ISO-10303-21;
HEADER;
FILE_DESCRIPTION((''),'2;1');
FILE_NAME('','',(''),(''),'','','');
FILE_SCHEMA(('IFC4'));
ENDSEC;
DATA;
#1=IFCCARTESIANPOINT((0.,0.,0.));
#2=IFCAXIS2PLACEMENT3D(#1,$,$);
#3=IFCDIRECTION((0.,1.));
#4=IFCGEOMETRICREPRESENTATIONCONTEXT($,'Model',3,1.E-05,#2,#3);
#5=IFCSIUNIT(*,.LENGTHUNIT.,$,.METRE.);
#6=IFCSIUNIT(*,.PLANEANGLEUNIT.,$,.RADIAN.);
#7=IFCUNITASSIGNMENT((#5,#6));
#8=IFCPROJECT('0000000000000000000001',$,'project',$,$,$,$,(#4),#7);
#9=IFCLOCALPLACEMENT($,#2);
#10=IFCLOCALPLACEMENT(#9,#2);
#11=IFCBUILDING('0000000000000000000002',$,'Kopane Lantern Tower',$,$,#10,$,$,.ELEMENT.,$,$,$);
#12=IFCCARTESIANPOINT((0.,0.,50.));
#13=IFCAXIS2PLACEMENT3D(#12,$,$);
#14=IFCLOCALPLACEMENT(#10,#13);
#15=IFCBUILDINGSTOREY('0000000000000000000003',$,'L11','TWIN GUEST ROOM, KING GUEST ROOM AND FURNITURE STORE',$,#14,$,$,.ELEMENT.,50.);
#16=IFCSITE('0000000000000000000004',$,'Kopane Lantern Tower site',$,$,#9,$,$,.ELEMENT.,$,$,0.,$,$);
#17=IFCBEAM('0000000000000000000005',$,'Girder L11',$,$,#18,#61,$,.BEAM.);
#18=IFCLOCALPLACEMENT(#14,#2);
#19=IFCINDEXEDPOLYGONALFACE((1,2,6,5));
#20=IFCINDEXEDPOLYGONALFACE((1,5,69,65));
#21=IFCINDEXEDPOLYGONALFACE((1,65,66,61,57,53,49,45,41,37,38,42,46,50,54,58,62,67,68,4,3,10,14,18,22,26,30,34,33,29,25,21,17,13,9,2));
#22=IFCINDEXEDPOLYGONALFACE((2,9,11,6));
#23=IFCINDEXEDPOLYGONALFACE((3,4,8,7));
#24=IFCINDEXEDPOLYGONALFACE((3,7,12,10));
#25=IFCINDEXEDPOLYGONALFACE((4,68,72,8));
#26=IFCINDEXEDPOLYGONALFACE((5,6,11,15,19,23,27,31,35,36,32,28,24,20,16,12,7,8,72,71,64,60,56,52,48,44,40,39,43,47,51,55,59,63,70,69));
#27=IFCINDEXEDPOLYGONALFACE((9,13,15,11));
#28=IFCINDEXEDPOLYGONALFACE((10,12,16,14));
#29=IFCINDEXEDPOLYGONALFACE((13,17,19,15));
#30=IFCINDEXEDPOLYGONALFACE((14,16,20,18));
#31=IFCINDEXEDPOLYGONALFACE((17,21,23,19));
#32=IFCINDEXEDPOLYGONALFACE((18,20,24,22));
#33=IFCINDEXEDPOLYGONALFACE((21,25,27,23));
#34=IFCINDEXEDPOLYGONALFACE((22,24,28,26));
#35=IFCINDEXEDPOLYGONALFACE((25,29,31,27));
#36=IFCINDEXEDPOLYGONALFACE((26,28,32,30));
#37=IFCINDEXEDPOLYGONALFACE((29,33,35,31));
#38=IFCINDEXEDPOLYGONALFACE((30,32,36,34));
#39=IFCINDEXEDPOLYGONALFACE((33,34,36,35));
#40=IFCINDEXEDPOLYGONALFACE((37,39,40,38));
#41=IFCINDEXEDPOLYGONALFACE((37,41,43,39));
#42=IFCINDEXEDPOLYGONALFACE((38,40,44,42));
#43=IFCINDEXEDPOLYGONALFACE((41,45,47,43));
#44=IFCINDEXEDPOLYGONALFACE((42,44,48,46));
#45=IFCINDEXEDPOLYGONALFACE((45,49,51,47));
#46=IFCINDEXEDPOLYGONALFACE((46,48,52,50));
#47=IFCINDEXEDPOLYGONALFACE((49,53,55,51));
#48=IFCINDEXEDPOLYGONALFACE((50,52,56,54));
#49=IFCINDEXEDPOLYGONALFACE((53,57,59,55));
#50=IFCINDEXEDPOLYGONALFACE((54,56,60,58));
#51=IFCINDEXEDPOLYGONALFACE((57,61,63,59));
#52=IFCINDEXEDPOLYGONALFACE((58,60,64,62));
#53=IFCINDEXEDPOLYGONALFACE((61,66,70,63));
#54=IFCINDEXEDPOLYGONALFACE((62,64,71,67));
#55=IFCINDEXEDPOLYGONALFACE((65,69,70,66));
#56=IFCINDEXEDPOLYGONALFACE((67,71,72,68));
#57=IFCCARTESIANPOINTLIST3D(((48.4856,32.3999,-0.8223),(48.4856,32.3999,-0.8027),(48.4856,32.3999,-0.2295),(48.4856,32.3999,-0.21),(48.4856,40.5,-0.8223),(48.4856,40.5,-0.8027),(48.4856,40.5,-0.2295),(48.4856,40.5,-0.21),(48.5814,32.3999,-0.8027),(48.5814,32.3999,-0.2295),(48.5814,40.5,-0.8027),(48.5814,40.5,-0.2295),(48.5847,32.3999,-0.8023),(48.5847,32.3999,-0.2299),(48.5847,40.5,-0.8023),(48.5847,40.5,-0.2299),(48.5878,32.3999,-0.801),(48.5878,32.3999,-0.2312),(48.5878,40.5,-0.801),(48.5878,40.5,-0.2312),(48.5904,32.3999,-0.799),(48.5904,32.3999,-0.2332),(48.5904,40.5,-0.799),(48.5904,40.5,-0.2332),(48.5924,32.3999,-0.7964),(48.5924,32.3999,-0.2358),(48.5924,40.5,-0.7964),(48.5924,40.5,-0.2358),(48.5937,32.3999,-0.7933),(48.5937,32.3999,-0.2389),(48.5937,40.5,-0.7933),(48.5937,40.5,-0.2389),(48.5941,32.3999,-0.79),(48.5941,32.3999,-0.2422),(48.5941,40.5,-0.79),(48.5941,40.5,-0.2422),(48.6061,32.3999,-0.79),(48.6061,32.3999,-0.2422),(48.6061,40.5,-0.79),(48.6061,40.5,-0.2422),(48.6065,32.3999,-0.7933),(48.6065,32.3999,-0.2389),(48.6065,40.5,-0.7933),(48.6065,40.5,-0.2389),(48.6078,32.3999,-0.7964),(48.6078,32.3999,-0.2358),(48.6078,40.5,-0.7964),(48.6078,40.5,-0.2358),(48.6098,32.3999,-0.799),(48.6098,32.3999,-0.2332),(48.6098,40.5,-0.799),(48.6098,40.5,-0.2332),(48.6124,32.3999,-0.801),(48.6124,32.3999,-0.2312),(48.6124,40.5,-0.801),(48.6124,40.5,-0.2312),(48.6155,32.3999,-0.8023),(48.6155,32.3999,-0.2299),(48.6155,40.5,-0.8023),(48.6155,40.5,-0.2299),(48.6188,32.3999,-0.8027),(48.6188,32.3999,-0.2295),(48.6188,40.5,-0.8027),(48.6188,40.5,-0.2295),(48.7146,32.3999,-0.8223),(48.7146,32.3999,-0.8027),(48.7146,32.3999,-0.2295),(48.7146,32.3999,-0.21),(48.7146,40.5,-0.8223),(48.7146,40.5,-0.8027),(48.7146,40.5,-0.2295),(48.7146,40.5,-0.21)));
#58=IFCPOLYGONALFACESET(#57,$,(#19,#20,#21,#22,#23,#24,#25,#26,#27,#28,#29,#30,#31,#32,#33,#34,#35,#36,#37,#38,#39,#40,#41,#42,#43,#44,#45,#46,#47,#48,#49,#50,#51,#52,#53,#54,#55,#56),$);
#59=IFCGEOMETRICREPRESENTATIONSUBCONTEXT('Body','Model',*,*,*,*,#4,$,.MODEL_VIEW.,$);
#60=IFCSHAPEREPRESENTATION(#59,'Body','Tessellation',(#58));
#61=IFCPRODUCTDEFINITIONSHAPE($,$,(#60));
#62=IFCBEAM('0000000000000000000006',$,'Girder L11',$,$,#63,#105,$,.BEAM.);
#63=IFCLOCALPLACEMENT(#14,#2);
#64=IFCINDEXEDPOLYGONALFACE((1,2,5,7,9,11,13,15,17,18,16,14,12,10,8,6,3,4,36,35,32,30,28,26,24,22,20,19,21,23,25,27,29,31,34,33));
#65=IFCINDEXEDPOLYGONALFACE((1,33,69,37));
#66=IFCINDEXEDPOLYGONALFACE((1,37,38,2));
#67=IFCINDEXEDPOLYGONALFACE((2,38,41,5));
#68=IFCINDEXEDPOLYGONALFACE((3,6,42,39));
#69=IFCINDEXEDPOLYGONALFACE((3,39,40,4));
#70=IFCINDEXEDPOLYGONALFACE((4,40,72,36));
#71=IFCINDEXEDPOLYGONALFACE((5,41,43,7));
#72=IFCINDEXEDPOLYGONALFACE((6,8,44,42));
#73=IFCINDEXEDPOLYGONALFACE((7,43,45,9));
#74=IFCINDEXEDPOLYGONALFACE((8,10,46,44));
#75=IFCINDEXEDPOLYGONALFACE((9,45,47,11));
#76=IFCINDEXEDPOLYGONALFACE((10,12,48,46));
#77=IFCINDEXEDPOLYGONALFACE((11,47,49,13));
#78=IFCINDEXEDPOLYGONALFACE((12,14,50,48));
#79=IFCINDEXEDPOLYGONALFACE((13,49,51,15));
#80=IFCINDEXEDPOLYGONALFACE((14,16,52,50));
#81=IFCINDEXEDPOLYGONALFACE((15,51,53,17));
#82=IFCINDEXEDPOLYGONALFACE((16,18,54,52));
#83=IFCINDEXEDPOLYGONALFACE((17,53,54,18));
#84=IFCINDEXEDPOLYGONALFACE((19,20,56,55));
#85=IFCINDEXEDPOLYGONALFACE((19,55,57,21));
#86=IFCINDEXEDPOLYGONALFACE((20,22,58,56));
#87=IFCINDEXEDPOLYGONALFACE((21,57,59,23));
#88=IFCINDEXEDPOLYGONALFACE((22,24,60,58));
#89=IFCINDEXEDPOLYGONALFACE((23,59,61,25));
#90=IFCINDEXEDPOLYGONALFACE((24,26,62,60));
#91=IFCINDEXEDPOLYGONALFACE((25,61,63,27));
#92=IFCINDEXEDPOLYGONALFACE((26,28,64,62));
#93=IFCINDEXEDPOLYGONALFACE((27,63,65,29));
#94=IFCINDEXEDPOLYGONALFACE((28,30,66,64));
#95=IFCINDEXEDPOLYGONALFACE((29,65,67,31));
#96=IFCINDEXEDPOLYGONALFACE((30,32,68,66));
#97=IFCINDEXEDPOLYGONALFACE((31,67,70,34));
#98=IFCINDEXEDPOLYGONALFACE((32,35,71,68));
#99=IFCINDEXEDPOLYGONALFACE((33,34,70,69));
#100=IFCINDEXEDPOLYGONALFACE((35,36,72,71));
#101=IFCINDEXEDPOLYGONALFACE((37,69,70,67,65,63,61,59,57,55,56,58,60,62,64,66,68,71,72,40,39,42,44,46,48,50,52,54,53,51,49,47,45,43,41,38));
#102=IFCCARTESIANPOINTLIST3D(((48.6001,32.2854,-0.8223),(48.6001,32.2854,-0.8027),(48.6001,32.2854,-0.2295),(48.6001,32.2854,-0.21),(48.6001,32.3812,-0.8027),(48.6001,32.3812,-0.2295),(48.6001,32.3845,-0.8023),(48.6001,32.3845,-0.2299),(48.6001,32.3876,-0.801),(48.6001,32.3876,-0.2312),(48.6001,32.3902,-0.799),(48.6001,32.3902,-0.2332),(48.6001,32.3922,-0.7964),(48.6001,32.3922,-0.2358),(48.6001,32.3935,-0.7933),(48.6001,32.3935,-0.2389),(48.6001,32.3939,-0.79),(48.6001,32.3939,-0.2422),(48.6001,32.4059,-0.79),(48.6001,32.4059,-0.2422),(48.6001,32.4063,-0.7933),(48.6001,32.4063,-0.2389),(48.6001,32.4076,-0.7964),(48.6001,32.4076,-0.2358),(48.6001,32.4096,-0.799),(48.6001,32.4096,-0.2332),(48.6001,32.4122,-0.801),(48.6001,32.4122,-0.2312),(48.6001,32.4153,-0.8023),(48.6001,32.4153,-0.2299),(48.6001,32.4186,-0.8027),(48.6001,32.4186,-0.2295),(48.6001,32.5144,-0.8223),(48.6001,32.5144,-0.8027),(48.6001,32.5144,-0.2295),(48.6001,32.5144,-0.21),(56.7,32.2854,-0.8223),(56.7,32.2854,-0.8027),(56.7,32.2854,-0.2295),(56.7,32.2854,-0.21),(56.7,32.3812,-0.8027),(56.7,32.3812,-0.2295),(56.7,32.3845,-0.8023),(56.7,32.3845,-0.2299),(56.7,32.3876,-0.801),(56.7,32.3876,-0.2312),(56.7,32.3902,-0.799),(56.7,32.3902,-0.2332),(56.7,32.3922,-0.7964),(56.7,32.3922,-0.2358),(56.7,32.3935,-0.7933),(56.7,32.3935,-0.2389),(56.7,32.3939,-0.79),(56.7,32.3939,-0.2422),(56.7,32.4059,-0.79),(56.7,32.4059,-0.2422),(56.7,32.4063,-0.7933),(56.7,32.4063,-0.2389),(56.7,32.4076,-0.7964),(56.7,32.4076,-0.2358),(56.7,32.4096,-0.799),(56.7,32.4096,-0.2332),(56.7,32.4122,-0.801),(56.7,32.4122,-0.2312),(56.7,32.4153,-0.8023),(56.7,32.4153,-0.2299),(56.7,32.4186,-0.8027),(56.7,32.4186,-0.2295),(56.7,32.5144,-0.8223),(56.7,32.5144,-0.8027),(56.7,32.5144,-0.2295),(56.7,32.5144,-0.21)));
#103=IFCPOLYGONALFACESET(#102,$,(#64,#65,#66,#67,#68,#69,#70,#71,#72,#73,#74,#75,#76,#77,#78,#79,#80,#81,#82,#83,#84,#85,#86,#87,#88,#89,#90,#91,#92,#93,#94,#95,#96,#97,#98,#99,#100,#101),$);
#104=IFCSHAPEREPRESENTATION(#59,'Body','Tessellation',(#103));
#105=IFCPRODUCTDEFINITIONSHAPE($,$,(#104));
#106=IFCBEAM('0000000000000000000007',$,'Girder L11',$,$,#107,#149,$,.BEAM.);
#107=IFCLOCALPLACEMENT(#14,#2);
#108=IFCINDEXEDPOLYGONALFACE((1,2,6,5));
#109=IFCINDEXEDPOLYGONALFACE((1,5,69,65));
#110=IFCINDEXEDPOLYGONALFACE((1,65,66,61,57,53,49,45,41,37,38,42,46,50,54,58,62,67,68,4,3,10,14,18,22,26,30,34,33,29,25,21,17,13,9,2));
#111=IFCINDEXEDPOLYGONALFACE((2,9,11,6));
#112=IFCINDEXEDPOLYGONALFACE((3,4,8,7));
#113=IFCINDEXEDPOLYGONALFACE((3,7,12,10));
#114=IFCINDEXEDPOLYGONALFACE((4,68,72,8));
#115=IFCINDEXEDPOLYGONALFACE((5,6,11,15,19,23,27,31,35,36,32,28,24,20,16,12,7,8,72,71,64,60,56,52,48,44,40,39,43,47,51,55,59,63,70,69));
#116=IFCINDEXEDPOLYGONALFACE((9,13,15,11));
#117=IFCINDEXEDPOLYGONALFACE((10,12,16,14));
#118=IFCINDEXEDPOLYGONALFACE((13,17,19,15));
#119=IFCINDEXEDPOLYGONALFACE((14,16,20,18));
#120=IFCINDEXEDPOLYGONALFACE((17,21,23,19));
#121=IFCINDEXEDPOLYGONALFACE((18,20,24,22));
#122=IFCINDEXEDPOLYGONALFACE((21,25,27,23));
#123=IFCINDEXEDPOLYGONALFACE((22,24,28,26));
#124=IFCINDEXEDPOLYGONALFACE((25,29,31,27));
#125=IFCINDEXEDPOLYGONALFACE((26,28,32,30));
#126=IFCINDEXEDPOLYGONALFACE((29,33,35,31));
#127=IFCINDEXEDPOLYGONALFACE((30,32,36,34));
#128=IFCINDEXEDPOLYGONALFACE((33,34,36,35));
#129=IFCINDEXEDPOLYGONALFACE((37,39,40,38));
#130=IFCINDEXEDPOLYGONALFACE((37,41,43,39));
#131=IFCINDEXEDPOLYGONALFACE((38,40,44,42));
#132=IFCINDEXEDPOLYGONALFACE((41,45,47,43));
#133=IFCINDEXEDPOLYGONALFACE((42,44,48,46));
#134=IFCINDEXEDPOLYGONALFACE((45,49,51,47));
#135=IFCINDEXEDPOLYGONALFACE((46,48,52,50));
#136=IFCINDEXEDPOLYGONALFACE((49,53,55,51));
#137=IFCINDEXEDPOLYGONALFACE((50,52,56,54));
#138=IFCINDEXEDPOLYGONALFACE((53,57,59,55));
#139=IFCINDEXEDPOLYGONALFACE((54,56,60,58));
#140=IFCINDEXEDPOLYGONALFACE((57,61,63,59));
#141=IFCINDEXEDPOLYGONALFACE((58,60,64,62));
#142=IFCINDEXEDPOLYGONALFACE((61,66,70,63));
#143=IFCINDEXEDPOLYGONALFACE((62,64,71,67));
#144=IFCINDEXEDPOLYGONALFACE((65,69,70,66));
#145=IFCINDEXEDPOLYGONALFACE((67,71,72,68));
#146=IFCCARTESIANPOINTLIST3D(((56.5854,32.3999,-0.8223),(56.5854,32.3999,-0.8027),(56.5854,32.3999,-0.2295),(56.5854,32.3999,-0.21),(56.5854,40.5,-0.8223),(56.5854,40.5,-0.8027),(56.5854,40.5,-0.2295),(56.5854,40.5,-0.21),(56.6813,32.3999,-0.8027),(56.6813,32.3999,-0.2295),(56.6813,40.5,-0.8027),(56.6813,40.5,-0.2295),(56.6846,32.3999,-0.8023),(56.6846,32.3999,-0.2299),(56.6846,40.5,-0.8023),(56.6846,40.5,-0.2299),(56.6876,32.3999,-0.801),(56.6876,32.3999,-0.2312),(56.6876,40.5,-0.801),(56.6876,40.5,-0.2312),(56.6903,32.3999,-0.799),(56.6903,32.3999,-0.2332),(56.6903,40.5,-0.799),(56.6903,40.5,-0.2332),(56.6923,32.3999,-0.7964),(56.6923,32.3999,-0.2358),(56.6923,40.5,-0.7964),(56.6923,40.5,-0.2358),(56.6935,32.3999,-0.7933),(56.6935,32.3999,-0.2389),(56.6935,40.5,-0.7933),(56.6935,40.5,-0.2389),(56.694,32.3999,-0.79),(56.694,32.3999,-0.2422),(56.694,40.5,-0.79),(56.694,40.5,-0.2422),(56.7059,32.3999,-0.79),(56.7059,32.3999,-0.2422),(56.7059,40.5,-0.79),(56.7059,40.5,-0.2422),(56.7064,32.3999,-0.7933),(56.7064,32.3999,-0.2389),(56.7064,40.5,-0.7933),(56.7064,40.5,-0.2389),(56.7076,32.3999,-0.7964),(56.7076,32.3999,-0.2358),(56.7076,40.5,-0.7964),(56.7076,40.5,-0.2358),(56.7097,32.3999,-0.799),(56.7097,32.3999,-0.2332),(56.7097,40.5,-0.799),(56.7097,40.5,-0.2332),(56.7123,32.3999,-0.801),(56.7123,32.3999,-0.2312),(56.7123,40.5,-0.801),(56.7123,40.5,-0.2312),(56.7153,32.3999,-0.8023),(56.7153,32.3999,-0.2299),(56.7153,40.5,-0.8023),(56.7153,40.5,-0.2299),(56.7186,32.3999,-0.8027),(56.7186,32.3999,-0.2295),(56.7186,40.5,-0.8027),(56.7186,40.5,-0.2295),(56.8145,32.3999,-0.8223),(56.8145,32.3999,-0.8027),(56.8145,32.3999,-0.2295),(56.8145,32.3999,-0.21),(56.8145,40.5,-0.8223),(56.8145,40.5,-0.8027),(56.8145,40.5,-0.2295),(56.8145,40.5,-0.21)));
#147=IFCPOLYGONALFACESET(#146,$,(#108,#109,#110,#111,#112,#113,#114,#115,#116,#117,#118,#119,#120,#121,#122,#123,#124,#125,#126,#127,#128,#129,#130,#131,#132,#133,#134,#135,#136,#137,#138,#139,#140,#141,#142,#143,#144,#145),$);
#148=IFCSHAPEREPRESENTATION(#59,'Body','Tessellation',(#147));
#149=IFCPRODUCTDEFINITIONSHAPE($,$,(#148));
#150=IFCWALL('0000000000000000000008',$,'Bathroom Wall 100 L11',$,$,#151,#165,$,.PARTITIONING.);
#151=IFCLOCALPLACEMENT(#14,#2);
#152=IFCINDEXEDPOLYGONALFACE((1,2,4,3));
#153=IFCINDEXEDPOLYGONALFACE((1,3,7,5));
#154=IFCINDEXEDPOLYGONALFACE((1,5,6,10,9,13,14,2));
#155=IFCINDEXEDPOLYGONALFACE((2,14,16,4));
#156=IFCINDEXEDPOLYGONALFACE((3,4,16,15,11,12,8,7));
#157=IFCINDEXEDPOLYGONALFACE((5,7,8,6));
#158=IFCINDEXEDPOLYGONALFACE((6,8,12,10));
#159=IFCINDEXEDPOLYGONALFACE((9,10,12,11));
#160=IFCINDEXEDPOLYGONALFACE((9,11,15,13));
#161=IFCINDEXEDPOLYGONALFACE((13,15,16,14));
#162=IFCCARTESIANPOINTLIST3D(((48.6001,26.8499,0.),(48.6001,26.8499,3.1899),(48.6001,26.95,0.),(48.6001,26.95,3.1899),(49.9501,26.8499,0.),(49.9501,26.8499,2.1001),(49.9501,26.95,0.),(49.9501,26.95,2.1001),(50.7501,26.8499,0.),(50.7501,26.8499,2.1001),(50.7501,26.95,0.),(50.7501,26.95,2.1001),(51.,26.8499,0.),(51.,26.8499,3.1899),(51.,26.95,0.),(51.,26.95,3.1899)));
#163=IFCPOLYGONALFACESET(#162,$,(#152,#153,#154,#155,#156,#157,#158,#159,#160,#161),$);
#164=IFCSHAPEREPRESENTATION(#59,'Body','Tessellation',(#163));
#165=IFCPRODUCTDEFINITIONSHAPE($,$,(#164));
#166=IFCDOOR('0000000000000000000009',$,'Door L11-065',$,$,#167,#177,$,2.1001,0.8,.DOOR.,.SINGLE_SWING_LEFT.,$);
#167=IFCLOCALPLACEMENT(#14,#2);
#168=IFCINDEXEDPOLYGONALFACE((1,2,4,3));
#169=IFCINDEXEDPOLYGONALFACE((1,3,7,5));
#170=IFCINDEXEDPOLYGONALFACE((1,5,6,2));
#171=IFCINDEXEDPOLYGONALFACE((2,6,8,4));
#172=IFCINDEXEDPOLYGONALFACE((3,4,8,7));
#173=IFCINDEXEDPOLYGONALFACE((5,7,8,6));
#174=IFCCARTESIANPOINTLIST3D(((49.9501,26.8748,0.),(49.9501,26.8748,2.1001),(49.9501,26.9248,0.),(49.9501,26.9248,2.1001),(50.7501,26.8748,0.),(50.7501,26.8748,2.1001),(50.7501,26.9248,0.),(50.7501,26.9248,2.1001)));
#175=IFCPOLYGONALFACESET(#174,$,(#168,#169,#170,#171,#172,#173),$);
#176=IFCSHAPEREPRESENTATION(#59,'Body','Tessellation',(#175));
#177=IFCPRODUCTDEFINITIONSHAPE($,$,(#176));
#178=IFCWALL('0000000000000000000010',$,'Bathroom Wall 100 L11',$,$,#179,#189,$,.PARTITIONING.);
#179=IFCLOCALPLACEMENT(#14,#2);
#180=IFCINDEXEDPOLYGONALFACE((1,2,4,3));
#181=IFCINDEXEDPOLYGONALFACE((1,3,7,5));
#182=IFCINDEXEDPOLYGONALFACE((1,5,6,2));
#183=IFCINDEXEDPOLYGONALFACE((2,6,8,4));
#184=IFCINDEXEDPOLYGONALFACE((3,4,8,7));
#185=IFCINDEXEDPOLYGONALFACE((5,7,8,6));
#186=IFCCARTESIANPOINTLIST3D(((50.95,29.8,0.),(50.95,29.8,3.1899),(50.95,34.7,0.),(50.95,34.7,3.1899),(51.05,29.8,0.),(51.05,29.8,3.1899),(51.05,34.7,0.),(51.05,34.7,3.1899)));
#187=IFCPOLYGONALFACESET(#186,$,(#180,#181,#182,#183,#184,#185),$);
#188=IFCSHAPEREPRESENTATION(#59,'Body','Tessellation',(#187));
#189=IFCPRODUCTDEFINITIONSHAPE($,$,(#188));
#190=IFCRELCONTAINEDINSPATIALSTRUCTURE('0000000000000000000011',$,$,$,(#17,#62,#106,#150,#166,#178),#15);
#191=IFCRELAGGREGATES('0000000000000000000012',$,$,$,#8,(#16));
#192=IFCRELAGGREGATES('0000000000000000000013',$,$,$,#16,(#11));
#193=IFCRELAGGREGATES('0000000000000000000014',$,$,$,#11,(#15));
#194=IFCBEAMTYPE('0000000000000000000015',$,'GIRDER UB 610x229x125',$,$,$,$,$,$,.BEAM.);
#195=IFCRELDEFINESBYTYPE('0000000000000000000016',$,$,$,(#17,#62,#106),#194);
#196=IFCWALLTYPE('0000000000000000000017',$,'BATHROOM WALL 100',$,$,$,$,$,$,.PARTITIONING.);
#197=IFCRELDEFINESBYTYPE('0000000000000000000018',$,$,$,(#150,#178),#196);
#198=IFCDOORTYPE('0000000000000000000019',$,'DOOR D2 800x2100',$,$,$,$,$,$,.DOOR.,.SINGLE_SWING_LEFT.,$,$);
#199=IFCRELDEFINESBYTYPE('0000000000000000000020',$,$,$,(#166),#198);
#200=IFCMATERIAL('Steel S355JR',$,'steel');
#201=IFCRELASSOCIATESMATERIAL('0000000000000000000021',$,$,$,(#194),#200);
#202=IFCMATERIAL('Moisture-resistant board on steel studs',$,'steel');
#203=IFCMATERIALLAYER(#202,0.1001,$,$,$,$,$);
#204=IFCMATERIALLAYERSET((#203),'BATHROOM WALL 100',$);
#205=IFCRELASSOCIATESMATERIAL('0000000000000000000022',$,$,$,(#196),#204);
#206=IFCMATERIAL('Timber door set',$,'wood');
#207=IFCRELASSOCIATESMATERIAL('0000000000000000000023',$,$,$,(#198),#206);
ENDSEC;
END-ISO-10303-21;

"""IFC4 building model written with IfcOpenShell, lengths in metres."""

from ifc_helpers import new_model, si_unit, direction, frame, frame_2d, origin, origin_2d, place, context, subcontext, project, spatial, rectangle, i_section, extrude, material, layer, layer_set, material_profile, profile_set, type_object, element, fill, save


model = new_model("IFC4")

# Units and contexts
model_context = context("Model", 3, precision=1e-05, world=origin(), true_north=direction((0.0, 1.0)))
body_context = subcontext(model_context, "Body", "Model", "MODEL_VIEW")
ifc_project = project(units=[si_unit("LENGTHUNIT", "METRE"), si_unit("PLANEANGLEUNIT", "RADIAN")], contexts=[model_context])

# Site, building, storey
site_placement = place(None, origin())
site = spatial("IfcSite", under=ifc_project, at=site_placement, Name="Kopane Lantern Tower site", CompositionType="ELEMENT", RefElevation=0.0)
building_placement = place(site_placement, origin())
building = spatial("IfcBuilding", under=site, at=building_placement, Name="Kopane Lantern Tower", CompositionType="ELEMENT")
storey_placement = place(building_placement, frame((0.0, 0.0, 50.0)))
storey = spatial("IfcBuildingStorey", under=building, at=storey_placement, Name="L11", Description="TWIN GUEST ROOM, KING GUEST ROOM AND FURNITURE STORE", CompositionType="ELEMENT", Elevation=50.0)

# Beams
ifc_material_1 = material(Name="Steel S355JR", Category="steel")
ifc_material_profile_1 = material_profile(ifc_material_1, i_section(OverallWidth=0.229, OverallDepth=0.6123, WebThickness=0.012, FlangeThickness=0.0195, FilletRadius=0.0127, at=origin_2d()), Name="UB 610x229x125")
ifc_profile_set_1 = profile_set([ifc_material_profile_1], Name="Steel S355JR")
beam_type = type_object("IfcBeamType", Name="GIRDER UB 610x229x125", PredefinedType="BEAM", material=ifc_profile_set_1)
for number, where, z_axis, x_axis, name in (
    (1, (48.6001, 32.3999, -0.5161), (0.0, 1.0, 0.0), (-1.0, 0.0, 0.0), "Girder L11"),
):
    element("IfcBeam", number, at=place(storey_placement, frame(where, z_axis=z_axis, x_axis=x_axis)), inside=storey, type_object=beam_type, Name=name, PredefinedType="BEAM", context=body_context, shape_type="SweptSolid", body=[
        extrude(i_section(OverallWidth=0.229, OverallDepth=0.6123, WebThickness=0.012, FlangeThickness=0.0195, FilletRadius=0.0127, at=origin_2d()), origin(), (0.0, 0.0, 1.0), 8.1001),
    ])
beam_1_placement = place(storey_placement, frame((48.6001, 32.3999, -0.5161), z_axis=(1.0, 0.0, 0.0), x_axis=(0.0, 1.0, 0.0)))
element("IfcBeam", 2, at=beam_1_placement, inside=storey, type_object=beam_type, Name="Girder L11", PredefinedType="BEAM", context=body_context, shape_type="SweptSolid", body=[
    extrude(i_section(OverallWidth=0.229, OverallDepth=0.6123, WebThickness=0.012, FlangeThickness=0.0195, FilletRadius=0.0127, at=origin_2d()), origin(), (0.0, 0.0, 1.0), 8.0999),
])
beam_2_placement = place(storey_placement, frame((56.7, 32.3999, -0.5161), z_axis=(0.0, 1.0, 0.0), x_axis=(-1.0, 0.0, 0.0)))
element("IfcBeam", 3, at=beam_2_placement, inside=storey, type_object=beam_type, Name="Girder L11", PredefinedType="BEAM", context=body_context, shape_type="SweptSolid", body=[
    extrude(i_section(OverallWidth=0.229, OverallDepth=0.6123, WebThickness=0.012, FlangeThickness=0.0195, FilletRadius=0.0127, at=origin_2d()), origin(), (0.0, 0.0, 1.0), 8.1001),
])

# Wall, opening, door
ifc_material_2 = material(Name="Moisture-resistant board on steel studs", Category="steel")
ifc_layer_1 = layer(ifc_material_2, 0.1001)
ifc_layer_set_1 = layer_set([ifc_layer_1], Name="BATHROOM WALL 100")
wall_type_1 = type_object("IfcWallType", Name="BATHROOM WALL 100", PredefinedType="PARTITIONING", material=ifc_layer_set_1)
wall_1_placement = place(storey_placement, frame((48.6001, 26.8999, 0.0), z_axis=(0.0, 0.0, 1.0), x_axis=(1.0, 0.0, 0.0)))
wall_1 = element("IfcWall", 4, at=wall_1_placement, inside=storey, type_object=wall_type_1, Name="Bathroom Wall 100 L11", PredefinedType="PARTITIONING", context=body_context, shape_type="SweptSolid", body=[
    extrude(rectangle(XDim=2.3999, YDim=0.1001, at=frame_2d((1.2, 0.0))), origin(), (0.0, 0.0, 1.0), 3.1899),
])
opening_1_placement = place(wall_1_placement, frame((1.3501, 0.0, 0.0)))
opening_1 = element("IfcOpeningElement", 5, at=opening_1_placement, cuts=wall_1, PredefinedType="OPENING", context=body_context, shape_type="SweptSolid", body=[
    extrude(rectangle(XDim=0.8, YDim=2.1001, at=frame_2d((0.3999, 1.05))), frame((0.0, 0.0601, 0.0), z_axis=(0.0, -1.0, 0.0), x_axis=(1.0, 0.0, 0.0)), (0.0, 0.0, 1.0), 0.1201),
])
ifc_material_3 = material(Name="Timber door set", Category="wood")
door_type = type_object("IfcDoorType", Name="DOOR D2 800x2100", OperationType="SINGLE_SWING_LEFT", PredefinedType="DOOR", material=ifc_material_3)
door_1_placement = place(opening_1_placement, origin())
door_1 = element("IfcDoor", 6, at=door_1_placement, inside=storey, type_object=door_type, Name="Door L11-065", OperationType="SINGLE_SWING_LEFT", OverallHeight=2.1001, OverallWidth=0.8, PredefinedType="DOOR", context=body_context, shape_type="SweptSolid", body=[
    extrude(rectangle(XDim=0.8, YDim=2.1001, at=frame_2d((0.3999, 1.05))), frame((0.0, 0.0249, 0.0), z_axis=(0.0, -1.0, 0.0), x_axis=(1.0, 0.0, 0.0)), (0.0, 0.0, 1.0), 0.05),
])
fill(opening_1, door_1)

# Wall
wall_2_placement = place(storey_placement, frame((51.0, 29.8, 0.0), z_axis=(0.0, 0.0, 1.0), x_axis=(0.0, 1.0, 0.0)))
element("IfcWall", 7, at=wall_2_placement, inside=storey, type_object=wall_type_1, Name="Bathroom Wall 100 L11", PredefinedType="PARTITIONING", context=body_context, shape_type="SweptSolid", body=[
    extrude(rectangle(XDim=4.8999, YDim=0.1001, at=frame_2d((2.45, 0.0))), origin(), (0.0, 0.0, 1.0), 3.1899),
])

save(model, "model.ifc")
